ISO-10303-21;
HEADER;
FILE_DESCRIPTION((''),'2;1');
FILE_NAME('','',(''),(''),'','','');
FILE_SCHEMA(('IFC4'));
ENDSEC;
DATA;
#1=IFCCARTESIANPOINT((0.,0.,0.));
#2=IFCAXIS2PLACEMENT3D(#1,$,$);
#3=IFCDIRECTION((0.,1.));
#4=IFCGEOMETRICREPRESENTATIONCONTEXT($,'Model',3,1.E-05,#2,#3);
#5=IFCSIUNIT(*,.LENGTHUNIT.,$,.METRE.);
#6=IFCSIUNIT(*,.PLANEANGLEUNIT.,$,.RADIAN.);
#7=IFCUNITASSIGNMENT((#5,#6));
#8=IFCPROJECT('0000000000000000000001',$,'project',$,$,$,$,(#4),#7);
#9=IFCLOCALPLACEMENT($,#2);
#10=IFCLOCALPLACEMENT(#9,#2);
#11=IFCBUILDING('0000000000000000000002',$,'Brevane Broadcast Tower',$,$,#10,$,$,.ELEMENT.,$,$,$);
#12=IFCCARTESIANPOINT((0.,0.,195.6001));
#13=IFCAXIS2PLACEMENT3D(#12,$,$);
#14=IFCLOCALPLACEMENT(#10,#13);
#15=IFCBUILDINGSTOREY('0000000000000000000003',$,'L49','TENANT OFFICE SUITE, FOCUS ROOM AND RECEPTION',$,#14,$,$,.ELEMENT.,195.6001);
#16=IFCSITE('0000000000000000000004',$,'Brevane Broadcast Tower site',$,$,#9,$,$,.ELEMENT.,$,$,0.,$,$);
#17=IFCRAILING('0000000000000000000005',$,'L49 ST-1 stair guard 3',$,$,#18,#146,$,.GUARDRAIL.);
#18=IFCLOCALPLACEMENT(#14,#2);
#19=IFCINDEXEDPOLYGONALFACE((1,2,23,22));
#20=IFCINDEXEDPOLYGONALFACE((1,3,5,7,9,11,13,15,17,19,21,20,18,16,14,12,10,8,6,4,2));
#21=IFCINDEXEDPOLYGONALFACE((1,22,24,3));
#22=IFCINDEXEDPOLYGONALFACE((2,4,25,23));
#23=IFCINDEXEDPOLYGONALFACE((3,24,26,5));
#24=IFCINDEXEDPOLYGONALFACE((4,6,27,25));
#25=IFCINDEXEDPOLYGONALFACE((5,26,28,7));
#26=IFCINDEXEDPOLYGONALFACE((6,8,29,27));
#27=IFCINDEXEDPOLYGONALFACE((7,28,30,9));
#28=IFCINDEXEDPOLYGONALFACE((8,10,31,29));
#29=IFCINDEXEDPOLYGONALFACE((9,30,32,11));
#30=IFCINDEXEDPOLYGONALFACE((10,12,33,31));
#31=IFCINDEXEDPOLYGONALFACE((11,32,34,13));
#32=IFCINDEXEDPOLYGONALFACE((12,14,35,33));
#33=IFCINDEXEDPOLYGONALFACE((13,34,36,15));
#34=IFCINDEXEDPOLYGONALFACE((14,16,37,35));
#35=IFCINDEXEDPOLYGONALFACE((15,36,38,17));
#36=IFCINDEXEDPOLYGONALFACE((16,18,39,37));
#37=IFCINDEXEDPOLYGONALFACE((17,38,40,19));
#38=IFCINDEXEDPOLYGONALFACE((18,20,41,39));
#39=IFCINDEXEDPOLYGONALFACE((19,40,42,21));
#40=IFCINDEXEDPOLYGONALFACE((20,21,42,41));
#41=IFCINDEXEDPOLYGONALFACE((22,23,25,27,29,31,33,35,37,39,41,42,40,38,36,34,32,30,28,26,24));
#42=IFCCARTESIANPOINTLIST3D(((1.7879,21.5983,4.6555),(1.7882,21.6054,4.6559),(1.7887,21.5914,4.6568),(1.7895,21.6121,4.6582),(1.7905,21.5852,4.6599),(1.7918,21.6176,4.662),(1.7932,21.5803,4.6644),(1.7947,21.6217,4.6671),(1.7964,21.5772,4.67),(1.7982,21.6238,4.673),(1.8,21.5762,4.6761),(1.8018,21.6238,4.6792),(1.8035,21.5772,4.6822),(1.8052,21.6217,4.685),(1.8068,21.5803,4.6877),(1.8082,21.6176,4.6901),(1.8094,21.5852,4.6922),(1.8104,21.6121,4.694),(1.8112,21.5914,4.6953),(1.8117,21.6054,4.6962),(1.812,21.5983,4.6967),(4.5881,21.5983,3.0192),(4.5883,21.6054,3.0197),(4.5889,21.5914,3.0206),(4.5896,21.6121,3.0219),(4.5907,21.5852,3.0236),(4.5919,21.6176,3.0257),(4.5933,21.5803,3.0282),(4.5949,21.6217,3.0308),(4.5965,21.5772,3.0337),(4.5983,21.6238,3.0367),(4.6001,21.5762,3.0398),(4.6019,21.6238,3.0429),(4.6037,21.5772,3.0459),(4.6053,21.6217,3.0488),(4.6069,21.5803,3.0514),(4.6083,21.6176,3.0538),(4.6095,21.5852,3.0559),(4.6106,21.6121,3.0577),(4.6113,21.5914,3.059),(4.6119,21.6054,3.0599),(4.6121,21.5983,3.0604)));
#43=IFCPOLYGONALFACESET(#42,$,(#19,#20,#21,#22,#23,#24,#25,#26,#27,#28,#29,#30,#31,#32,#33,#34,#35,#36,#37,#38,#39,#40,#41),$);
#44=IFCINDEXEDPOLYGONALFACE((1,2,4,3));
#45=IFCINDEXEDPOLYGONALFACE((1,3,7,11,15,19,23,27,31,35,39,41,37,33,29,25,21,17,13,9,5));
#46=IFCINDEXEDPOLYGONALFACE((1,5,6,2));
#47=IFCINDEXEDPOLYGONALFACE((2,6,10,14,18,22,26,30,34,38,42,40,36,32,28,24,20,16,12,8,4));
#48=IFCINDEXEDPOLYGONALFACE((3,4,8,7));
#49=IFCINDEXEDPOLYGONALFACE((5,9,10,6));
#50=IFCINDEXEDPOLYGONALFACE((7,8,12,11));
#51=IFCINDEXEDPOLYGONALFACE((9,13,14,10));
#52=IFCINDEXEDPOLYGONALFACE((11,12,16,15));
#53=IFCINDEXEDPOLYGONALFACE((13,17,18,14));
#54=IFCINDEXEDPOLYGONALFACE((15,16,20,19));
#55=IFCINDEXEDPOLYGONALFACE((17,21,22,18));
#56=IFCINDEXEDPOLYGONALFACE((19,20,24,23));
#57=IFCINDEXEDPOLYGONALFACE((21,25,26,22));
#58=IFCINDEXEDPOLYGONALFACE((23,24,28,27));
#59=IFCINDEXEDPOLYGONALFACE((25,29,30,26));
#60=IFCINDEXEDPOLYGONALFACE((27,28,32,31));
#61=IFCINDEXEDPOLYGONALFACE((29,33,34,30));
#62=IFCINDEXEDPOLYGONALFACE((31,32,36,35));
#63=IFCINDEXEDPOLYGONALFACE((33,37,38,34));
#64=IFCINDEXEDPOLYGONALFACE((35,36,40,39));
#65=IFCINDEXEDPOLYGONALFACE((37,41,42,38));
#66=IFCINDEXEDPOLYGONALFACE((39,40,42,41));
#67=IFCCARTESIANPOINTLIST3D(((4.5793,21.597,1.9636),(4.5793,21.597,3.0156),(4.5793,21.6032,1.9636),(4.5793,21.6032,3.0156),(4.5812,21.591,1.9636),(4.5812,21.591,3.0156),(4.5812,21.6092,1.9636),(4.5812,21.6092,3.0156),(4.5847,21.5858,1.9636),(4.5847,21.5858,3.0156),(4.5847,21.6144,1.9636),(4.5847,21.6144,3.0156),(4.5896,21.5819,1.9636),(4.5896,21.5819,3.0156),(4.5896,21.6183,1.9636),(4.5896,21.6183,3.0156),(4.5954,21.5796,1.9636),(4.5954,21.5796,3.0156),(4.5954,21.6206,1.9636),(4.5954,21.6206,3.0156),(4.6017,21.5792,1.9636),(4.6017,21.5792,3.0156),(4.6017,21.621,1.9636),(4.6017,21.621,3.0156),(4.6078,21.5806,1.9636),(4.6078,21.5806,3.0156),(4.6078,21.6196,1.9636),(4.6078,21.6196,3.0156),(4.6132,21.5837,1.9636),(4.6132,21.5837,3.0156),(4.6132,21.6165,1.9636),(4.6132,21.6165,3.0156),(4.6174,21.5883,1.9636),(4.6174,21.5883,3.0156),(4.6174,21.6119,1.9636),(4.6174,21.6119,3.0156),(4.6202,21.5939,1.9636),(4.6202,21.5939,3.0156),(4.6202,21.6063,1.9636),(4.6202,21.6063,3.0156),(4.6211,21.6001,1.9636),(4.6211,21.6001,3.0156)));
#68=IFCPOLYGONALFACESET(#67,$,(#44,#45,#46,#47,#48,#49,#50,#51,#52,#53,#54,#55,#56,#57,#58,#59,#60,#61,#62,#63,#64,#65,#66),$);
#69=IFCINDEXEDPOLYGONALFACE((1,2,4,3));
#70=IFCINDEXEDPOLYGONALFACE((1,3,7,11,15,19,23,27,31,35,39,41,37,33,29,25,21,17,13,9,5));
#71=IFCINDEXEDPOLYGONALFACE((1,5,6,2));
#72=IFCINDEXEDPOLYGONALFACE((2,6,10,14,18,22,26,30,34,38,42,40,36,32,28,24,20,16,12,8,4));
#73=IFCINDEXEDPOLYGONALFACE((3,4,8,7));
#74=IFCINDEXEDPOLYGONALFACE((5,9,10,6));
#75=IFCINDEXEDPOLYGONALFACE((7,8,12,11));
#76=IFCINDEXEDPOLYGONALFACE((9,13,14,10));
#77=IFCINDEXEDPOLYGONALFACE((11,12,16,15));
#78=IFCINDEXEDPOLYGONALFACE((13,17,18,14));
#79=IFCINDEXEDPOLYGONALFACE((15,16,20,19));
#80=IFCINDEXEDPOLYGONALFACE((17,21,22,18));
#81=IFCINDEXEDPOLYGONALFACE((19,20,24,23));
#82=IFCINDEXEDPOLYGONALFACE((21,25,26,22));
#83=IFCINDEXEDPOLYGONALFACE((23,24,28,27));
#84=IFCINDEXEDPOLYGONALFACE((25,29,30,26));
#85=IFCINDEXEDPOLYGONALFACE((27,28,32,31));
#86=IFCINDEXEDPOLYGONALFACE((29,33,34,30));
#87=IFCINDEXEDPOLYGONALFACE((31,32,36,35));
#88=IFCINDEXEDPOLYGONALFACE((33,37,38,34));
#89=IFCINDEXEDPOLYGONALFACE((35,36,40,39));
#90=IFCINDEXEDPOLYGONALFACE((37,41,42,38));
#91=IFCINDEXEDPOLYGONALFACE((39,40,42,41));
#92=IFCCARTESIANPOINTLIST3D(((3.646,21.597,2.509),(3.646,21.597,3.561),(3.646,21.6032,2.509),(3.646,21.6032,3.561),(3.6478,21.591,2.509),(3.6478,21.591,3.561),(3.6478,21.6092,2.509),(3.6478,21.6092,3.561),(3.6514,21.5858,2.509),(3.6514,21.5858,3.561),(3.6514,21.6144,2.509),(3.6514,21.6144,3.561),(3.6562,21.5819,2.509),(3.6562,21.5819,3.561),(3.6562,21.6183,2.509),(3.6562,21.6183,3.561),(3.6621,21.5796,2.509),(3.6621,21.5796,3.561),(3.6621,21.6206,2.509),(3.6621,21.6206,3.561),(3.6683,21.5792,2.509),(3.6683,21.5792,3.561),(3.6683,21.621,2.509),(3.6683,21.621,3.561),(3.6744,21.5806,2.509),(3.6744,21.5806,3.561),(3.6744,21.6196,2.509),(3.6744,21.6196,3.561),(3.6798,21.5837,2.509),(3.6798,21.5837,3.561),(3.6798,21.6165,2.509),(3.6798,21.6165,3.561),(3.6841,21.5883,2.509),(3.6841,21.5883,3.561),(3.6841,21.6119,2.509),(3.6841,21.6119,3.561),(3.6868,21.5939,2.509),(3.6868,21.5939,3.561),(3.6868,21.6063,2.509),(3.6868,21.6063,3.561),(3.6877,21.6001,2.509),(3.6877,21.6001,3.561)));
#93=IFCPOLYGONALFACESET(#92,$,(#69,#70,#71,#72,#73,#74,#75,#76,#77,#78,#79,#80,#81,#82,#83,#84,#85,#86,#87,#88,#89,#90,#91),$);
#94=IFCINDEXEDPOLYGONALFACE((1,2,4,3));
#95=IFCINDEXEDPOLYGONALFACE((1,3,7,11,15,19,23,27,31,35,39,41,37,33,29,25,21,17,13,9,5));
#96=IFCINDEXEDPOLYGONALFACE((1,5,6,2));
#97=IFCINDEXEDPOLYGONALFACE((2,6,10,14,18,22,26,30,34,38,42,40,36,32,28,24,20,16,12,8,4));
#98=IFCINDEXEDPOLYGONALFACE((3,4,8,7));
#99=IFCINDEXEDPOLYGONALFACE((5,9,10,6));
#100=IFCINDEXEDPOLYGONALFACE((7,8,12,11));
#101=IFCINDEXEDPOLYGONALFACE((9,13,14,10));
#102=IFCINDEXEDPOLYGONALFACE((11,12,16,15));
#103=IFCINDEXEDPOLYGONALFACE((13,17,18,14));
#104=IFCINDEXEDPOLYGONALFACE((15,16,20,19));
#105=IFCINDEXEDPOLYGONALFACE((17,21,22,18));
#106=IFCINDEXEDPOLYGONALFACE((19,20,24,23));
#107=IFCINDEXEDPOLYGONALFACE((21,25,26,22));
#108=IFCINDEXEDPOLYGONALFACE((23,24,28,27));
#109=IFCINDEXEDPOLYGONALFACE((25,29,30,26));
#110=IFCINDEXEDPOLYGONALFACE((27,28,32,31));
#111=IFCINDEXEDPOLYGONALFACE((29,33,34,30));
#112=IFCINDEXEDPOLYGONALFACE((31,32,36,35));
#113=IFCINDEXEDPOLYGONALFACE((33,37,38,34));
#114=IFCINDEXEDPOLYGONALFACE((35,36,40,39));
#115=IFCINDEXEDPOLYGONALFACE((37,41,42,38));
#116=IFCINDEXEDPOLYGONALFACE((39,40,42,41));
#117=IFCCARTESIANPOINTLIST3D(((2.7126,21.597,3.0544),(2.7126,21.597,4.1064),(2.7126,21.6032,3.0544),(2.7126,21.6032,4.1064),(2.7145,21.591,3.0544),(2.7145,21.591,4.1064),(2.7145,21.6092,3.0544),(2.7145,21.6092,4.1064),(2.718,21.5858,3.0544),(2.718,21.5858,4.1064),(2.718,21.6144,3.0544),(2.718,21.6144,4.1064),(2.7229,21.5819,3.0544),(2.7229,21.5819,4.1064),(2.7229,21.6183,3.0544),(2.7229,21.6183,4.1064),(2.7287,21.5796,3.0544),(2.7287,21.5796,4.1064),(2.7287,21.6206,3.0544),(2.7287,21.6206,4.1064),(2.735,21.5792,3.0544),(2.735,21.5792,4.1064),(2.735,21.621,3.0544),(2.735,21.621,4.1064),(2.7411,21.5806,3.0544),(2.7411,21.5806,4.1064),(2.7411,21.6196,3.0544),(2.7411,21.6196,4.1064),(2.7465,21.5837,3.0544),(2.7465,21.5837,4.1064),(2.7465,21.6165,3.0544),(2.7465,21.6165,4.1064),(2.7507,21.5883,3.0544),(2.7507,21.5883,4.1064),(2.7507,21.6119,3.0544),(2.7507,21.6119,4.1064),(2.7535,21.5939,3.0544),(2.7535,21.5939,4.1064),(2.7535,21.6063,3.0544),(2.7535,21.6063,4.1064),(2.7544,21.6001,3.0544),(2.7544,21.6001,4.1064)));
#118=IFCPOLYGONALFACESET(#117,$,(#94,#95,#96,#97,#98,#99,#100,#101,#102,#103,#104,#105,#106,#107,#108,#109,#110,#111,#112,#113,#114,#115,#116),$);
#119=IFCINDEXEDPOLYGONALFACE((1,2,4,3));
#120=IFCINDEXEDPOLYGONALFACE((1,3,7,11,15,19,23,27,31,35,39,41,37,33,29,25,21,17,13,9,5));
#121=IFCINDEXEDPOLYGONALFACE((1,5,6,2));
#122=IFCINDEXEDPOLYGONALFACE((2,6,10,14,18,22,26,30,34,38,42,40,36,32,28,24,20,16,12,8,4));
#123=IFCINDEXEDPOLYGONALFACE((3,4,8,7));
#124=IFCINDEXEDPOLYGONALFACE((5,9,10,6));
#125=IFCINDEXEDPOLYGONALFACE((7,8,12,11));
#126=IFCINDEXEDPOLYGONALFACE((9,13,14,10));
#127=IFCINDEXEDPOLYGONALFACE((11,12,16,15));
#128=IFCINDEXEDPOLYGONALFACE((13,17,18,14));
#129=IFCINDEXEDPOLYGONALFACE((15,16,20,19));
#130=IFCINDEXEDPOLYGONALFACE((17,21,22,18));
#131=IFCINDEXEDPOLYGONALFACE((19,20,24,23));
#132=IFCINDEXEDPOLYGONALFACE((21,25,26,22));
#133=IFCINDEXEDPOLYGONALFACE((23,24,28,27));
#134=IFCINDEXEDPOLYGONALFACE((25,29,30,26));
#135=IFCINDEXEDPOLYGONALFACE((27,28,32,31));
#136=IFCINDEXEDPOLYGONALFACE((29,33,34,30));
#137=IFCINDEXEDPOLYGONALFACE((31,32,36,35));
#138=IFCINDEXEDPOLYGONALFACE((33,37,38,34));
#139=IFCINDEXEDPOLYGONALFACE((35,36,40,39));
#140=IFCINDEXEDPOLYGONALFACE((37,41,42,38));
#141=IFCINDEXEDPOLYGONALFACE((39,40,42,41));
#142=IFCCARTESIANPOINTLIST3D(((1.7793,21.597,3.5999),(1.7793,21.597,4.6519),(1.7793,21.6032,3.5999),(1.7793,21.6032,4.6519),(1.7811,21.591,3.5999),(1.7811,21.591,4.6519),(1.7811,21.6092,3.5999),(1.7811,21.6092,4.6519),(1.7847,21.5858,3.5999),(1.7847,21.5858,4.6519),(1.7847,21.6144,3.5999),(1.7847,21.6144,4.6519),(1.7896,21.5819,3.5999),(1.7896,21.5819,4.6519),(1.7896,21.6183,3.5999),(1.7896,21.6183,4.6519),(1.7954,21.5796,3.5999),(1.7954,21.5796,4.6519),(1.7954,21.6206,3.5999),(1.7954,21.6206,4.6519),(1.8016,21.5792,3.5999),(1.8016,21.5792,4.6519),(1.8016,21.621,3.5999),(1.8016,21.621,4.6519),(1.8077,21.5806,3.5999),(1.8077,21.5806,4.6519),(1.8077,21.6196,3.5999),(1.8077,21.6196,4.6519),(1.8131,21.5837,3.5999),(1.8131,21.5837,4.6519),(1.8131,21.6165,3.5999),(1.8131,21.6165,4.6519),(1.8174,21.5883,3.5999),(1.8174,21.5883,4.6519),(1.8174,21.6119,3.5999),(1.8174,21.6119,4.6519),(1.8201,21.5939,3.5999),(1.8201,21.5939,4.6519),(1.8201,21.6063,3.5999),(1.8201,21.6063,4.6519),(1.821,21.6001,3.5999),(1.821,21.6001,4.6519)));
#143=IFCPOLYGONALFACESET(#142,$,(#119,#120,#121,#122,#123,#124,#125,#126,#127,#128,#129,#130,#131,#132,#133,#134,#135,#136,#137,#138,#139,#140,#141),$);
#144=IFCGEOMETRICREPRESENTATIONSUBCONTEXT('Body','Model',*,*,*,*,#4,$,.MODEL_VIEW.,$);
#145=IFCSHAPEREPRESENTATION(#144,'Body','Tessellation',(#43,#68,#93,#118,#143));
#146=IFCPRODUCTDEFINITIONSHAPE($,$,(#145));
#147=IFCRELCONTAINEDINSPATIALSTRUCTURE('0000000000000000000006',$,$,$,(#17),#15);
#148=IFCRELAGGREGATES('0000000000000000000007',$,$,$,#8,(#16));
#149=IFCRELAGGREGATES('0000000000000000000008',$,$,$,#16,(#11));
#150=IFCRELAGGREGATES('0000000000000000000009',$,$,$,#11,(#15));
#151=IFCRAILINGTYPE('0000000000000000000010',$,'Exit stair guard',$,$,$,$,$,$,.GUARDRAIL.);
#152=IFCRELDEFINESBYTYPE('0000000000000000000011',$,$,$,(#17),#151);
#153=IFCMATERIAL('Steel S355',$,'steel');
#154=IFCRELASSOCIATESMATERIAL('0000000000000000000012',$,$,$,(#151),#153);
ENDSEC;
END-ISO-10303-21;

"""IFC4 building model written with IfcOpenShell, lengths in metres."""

from ifc_helpers import new_model, si_unit, direction, frame, origin, origin_2d, place, context, subcontext, project, spatial, circle, extrude, material, type_object, element, save


model = new_model("IFC4")

# Units and contexts
model_context = context("Model", 3, precision=1e-05, world=origin(), true_north=direction((0.0, 1.0)))
body_context = subcontext(model_context, "Body", "Model", "MODEL_VIEW")
ifc_project = project(units=[si_unit("LENGTHUNIT", "METRE"), si_unit("PLANEANGLEUNIT", "RADIAN")], contexts=[model_context])

# Site, building, storey
site_placement = place(None, origin())
site = spatial("IfcSite", under=ifc_project, at=site_placement, Name="Brevane Broadcast Tower site", CompositionType="ELEMENT", RefElevation=0.0)
building_placement = place(site_placement, origin())
building = spatial("IfcBuilding", under=site, at=building_placement, Name="Brevane Broadcast Tower", CompositionType="ELEMENT")
storey_placement = place(building_placement, frame((0.0, 0.0, 195.6001)))
storey = spatial("IfcBuildingStorey", under=building, at=storey_placement, Name="L49", Description="TENANT OFFICE SUITE, FOCUS ROOM AND RECEPTION", CompositionType="ELEMENT", Elevation=195.6001)

# Railing
ifc_material_1 = material(Name="Steel S355", Category="steel")
railing_type_1 = type_object("IfcRailingType", Name="Exit stair guard", PredefinedType="GUARDRAIL", material=ifc_material_1)
railing_1_placement = place(storey_placement, frame((4.6001, 21.6001, 1.9636)))
element("IfcRailing", 1, at=railing_1_placement, inside=storey, type_object=railing_type_1, Name="L49 ST-1 stair guard 3", PredefinedType="GUARDRAIL", context=body_context, shape_type="SweptSolid", body=[
    extrude(circle(Radius=0.0239, at=origin_2d()), frame((0.0, 0.0, 1.0762), z_axis=(-0.863394, 0.0, 0.504531), x_axis=(0.0, -1.0, 0.0)), (0.0, 0.0, 1.0), 3.2432),
    extrude(circle(Radius=0.021, at=origin_2d()), origin(), (0.0, 0.0, 1.0), 1.052),
    extrude(circle(Radius=0.021, at=origin_2d()), frame((-0.9333, 0.0, 0.5454)), (0.0, 0.0, 1.0), 1.052),
    extrude(circle(Radius=0.021, at=origin_2d()), frame((-1.8667, 0.0, 1.0908)), (0.0, 0.0, 1.0), 1.052),
    extrude(circle(Radius=0.021, at=origin_2d()), frame((-2.8, 0.0, 1.6362)), (0.0, 0.0, 1.0), 1.052),
])

save(model, "model.ifc")
